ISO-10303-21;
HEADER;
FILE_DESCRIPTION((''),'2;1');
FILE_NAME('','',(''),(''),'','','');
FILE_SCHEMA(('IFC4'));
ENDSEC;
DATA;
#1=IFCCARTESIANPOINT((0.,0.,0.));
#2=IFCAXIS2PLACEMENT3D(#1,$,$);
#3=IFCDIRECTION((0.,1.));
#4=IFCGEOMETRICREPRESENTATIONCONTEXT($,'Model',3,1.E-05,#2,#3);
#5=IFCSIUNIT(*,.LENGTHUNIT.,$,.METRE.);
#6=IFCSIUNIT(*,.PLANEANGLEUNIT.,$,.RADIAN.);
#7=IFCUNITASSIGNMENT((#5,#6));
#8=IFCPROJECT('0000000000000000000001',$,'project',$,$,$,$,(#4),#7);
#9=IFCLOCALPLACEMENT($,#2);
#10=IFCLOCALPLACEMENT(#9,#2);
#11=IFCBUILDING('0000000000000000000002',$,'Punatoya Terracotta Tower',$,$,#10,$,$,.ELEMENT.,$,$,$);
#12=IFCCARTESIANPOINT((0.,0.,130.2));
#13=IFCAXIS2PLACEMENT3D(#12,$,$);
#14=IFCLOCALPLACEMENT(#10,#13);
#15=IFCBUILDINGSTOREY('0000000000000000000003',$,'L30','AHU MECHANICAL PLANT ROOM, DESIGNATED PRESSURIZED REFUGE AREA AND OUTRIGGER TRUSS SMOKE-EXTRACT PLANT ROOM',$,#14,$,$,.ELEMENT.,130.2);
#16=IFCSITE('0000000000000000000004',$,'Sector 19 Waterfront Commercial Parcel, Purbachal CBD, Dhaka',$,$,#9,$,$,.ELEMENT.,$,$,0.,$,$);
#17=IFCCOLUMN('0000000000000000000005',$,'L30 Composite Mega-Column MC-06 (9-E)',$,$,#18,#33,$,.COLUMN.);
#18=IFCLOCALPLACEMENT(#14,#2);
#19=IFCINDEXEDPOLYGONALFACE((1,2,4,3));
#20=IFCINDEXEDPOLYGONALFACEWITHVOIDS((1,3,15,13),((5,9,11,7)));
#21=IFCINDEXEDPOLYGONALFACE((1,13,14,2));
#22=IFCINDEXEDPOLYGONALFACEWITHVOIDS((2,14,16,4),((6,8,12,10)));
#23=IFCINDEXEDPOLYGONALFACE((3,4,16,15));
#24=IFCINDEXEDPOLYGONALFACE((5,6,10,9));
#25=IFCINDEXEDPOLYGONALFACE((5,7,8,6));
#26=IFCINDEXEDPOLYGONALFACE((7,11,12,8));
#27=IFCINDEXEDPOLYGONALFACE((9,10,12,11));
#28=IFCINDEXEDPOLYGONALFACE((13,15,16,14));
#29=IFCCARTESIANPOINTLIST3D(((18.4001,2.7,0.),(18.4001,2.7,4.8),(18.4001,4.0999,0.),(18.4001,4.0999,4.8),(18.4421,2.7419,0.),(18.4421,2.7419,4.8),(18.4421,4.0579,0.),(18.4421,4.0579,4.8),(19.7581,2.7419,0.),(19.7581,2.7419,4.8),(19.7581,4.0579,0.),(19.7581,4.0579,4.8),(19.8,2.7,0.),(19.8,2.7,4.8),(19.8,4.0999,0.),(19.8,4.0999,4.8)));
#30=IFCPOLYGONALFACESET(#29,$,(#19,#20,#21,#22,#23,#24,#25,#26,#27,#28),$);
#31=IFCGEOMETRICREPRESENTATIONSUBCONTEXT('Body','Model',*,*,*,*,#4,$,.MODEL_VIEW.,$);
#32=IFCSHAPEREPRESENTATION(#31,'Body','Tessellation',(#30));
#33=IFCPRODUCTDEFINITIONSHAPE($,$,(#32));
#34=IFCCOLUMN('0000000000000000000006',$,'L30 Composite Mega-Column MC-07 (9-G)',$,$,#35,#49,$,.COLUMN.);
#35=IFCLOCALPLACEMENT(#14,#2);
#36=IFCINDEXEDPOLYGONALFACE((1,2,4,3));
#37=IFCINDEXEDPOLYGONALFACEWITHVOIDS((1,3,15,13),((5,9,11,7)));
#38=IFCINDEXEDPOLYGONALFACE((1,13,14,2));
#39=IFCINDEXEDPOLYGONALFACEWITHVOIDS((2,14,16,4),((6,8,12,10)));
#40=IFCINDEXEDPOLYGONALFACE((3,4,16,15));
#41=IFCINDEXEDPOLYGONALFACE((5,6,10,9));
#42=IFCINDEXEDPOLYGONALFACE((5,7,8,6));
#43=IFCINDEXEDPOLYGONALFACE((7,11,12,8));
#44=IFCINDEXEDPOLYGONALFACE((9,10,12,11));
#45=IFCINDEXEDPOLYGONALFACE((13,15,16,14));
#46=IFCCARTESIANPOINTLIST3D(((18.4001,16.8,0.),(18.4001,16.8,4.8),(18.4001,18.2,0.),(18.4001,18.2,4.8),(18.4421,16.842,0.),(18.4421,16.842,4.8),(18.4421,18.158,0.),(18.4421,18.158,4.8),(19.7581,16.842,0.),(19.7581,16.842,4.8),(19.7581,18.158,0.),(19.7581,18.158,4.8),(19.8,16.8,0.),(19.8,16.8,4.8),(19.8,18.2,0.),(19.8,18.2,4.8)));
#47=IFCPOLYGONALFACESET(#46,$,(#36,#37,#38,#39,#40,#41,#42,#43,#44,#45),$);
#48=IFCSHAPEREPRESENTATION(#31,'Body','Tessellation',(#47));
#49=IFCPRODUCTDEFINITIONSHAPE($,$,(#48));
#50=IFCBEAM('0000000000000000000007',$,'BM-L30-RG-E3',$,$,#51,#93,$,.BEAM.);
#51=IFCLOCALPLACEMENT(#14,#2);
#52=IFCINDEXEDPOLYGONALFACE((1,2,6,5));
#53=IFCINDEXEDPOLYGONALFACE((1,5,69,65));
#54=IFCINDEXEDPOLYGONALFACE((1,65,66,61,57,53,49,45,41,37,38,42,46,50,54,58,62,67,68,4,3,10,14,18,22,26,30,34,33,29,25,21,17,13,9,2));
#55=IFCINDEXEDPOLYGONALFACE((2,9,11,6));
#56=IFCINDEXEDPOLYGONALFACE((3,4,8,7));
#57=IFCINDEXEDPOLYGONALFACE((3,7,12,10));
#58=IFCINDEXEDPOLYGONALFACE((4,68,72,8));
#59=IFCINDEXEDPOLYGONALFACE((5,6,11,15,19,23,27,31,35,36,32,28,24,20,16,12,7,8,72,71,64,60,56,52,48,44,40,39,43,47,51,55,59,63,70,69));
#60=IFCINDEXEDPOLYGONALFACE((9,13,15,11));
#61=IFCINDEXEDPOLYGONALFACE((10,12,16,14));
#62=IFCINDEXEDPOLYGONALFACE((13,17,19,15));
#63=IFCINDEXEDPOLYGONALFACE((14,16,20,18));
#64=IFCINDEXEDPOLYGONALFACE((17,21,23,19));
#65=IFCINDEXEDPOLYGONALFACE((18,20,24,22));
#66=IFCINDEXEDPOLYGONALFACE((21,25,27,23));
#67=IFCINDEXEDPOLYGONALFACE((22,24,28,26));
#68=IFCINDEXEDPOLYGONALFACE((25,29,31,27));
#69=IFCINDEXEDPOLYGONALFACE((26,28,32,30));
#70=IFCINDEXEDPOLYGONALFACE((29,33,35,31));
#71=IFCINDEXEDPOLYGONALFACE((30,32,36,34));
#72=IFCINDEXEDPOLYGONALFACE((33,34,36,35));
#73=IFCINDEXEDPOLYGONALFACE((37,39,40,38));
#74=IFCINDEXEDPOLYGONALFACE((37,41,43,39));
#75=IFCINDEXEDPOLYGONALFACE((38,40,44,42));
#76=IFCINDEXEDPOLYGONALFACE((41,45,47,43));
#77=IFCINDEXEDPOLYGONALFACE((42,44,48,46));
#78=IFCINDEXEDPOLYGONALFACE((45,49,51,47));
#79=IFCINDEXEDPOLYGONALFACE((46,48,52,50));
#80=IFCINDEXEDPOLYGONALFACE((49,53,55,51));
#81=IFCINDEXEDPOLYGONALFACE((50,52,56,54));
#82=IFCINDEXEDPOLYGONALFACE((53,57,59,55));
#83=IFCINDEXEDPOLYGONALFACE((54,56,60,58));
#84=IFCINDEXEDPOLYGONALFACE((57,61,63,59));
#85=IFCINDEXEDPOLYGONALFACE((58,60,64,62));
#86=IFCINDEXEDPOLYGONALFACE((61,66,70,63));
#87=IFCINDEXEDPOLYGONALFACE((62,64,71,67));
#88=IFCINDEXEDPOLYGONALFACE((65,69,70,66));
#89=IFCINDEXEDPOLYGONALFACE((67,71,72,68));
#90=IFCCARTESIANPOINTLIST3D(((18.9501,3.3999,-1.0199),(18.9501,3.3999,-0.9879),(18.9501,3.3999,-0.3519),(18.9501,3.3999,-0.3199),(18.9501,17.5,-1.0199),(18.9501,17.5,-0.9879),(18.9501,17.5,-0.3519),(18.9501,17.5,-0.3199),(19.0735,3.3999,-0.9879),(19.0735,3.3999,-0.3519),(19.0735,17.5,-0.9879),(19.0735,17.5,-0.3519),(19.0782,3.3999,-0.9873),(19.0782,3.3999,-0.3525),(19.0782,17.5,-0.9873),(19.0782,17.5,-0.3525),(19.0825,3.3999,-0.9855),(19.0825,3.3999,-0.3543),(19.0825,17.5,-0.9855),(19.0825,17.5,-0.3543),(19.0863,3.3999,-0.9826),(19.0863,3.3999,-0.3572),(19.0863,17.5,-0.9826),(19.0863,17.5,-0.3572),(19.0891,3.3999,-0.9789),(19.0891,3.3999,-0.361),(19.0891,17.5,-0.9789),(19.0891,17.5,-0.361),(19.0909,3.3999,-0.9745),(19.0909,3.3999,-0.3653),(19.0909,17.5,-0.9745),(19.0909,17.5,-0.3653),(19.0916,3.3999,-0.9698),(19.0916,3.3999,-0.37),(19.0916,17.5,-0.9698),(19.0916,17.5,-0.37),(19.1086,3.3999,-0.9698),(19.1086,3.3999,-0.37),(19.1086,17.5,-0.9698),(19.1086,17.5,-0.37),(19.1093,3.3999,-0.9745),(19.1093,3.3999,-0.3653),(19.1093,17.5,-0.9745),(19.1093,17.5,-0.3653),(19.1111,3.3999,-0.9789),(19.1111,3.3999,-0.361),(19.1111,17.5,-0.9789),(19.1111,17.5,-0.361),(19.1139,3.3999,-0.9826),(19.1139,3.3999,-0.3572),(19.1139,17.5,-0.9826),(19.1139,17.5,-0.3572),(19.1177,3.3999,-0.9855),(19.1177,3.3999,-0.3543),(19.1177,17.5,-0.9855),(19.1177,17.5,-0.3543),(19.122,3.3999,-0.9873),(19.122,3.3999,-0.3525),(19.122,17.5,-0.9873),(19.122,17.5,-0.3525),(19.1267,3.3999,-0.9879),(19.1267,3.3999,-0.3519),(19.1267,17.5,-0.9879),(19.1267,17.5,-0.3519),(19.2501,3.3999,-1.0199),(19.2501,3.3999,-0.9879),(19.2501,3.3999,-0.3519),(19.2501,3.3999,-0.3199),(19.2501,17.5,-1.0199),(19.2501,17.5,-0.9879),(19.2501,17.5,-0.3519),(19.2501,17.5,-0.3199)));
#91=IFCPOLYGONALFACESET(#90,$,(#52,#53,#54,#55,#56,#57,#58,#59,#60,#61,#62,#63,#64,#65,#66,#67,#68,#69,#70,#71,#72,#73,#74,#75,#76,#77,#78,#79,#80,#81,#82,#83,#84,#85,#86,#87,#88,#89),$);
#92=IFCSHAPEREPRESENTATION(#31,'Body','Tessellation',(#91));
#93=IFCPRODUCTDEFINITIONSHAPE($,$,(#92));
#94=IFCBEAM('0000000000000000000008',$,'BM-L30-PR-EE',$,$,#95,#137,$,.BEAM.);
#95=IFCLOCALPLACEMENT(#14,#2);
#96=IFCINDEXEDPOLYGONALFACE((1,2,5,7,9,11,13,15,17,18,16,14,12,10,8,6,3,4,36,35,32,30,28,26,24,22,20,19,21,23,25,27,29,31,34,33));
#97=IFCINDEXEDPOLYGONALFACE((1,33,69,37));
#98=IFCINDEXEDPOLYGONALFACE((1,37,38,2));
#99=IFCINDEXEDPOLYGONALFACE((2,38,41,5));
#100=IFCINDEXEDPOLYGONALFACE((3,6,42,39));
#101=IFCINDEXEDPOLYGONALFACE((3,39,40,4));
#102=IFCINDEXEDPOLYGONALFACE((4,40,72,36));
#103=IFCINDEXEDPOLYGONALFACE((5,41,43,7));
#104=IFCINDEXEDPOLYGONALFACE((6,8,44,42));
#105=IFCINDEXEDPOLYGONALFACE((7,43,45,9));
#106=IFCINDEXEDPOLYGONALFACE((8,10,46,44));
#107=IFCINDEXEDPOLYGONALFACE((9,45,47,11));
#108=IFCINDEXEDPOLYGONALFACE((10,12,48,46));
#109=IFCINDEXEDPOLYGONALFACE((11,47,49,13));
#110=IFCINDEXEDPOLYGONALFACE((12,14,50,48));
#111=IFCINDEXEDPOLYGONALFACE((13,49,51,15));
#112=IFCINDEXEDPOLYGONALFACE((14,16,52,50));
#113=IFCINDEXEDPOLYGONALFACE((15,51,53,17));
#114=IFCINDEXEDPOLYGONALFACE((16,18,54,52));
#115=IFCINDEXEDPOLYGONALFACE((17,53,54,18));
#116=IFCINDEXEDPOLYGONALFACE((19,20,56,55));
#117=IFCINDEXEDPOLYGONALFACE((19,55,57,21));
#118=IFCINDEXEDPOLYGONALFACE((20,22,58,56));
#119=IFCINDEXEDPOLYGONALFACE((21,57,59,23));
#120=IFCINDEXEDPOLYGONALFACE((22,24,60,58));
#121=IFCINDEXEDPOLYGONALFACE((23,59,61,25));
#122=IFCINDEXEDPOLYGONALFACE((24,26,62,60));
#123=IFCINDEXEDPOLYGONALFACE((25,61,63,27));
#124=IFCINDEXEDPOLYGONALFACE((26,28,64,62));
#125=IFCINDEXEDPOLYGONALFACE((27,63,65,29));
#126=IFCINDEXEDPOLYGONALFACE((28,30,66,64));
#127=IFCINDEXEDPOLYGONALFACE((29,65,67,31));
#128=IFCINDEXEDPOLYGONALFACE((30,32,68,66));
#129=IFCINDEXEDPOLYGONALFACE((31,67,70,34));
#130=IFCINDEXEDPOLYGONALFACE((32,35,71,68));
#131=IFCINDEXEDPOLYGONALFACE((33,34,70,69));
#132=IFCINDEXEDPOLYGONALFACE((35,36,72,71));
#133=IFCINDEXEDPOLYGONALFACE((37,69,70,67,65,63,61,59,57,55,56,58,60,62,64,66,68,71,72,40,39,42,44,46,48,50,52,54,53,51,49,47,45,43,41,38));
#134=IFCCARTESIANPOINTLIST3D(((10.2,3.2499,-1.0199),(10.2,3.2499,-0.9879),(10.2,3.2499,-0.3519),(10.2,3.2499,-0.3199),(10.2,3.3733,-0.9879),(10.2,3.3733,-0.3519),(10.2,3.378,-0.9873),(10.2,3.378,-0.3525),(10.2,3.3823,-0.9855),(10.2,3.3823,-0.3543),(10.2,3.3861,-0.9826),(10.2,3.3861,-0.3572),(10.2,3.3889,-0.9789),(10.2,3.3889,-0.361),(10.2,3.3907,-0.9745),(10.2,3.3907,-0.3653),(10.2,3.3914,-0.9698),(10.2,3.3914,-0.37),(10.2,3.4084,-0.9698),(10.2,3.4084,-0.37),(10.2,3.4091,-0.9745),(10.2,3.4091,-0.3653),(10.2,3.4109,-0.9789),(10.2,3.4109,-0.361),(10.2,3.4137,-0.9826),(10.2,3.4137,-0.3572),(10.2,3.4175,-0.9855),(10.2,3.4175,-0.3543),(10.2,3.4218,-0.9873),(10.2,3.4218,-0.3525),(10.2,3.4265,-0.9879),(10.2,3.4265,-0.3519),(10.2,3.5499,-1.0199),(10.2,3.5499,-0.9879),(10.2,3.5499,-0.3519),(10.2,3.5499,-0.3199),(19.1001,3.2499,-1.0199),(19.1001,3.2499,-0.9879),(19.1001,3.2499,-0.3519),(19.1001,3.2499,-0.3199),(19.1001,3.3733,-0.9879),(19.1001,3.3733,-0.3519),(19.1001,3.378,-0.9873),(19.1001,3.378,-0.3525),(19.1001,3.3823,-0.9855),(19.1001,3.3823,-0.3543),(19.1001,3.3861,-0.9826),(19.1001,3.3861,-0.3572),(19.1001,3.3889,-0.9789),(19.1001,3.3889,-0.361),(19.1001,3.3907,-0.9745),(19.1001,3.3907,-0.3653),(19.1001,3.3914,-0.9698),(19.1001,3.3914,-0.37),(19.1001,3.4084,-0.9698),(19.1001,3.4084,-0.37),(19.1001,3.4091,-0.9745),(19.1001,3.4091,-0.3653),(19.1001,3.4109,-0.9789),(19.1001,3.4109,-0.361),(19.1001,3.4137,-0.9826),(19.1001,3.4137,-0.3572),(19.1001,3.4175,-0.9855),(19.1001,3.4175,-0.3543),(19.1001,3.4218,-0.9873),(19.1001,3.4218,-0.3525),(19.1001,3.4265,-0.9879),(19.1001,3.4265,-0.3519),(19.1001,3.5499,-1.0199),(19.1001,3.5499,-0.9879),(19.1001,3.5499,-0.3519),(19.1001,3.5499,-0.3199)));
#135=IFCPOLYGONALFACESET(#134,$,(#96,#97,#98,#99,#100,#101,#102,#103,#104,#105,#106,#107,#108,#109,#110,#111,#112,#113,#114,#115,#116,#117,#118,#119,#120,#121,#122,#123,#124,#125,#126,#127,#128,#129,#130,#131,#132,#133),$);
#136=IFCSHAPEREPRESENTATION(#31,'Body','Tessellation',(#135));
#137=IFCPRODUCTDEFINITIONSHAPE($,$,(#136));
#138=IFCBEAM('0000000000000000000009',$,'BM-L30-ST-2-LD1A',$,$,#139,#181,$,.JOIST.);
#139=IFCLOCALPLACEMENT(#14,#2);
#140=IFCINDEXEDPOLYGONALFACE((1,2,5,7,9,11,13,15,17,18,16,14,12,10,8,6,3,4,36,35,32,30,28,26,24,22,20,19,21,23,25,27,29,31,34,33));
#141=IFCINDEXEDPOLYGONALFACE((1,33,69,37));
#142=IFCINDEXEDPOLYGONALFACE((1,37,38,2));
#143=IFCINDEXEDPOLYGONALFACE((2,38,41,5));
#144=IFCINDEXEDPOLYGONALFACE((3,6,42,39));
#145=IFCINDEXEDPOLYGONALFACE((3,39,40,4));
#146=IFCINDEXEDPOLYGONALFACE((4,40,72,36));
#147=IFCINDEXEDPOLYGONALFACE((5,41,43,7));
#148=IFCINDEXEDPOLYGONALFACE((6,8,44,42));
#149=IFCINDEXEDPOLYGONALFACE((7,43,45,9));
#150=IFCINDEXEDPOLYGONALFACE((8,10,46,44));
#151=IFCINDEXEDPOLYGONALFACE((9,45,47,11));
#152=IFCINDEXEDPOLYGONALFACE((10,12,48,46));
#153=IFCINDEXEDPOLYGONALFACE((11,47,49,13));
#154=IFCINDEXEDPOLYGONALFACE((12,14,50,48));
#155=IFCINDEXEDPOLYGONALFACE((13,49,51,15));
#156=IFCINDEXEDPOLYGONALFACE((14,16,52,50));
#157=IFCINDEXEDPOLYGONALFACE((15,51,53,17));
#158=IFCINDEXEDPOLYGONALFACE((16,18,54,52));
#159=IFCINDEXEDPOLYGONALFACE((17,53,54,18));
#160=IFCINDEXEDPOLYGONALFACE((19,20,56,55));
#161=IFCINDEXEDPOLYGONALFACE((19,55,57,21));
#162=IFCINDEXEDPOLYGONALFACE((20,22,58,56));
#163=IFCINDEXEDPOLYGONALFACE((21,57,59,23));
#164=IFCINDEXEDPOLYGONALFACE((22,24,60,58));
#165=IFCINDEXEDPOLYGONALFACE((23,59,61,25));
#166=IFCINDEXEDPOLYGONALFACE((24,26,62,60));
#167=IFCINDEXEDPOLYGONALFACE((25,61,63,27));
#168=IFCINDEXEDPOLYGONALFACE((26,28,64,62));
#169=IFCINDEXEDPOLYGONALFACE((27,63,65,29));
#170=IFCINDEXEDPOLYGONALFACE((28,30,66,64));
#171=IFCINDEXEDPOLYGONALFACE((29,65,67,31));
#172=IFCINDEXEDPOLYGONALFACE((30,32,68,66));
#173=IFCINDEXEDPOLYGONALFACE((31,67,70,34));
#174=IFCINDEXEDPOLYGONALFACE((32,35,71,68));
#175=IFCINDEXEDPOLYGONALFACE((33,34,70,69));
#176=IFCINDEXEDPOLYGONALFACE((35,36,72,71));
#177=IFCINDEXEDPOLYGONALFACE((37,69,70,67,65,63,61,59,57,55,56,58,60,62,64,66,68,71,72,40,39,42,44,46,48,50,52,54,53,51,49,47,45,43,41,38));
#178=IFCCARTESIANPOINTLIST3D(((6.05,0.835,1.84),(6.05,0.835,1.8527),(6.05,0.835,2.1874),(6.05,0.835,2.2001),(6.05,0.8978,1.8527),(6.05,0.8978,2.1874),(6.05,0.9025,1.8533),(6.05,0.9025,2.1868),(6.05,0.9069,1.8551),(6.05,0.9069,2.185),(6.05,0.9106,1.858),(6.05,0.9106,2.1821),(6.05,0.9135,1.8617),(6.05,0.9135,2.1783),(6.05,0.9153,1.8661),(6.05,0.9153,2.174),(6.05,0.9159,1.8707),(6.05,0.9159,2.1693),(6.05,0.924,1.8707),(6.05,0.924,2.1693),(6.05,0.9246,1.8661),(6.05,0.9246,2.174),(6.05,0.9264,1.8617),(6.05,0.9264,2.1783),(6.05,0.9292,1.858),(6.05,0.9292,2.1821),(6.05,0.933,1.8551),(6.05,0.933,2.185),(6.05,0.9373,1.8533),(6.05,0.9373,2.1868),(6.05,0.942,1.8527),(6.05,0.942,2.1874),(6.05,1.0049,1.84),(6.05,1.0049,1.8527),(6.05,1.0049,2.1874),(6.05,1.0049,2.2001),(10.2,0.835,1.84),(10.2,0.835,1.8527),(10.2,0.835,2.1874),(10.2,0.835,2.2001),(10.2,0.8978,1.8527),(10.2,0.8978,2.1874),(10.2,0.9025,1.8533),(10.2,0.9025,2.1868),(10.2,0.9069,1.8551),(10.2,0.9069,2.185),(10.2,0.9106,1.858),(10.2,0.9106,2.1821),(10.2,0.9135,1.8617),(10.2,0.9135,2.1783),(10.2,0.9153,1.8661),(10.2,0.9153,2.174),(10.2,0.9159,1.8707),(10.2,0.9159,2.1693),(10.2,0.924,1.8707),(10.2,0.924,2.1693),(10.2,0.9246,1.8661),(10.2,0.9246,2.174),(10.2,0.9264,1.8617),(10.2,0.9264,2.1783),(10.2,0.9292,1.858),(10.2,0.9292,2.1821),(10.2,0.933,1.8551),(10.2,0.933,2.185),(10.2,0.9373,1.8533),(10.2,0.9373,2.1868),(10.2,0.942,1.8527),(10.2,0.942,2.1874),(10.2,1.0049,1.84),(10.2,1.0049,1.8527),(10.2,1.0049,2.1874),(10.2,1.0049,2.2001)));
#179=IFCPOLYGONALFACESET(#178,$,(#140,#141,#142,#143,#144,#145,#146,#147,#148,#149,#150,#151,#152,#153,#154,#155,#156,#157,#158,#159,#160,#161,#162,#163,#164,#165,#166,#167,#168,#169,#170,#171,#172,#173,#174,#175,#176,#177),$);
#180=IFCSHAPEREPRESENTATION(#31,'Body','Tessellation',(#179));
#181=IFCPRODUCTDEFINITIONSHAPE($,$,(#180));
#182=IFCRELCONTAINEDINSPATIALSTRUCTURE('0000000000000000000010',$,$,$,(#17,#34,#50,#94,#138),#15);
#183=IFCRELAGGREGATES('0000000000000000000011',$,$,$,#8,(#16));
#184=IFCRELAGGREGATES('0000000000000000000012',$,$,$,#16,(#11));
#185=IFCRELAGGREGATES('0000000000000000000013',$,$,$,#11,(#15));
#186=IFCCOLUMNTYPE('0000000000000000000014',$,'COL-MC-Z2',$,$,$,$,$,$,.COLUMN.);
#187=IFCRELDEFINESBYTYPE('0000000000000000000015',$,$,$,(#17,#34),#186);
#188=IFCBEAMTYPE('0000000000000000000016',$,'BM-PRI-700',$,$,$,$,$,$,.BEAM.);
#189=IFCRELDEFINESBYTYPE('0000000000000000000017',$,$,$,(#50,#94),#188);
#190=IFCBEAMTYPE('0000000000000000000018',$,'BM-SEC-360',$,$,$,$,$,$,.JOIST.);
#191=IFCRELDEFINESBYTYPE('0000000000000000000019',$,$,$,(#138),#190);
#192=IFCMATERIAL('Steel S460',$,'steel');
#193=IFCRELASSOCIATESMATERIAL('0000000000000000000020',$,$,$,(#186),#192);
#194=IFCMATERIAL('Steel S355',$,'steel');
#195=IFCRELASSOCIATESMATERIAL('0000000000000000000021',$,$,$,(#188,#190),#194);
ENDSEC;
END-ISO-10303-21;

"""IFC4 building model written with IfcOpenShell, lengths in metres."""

from ifc_helpers import new_model, si_unit, direction, frame, origin, origin_2d, place, context, subcontext, project, spatial, hollow_rectangle, i_section, extrude, material, material_profile, profile_set, type_object, element, save


model = new_model("IFC4")

# Units and contexts
model_context = context("Model", 3, precision=1e-05, world=origin(), true_north=direction((0.0, 1.0)))
body_context = subcontext(model_context, "Body", "Model", "MODEL_VIEW")
ifc_project = project(units=[si_unit("LENGTHUNIT", "METRE"), si_unit("PLANEANGLEUNIT", "RADIAN")], contexts=[model_context])

# Site, building, storey
site_placement = place(None, origin())
site = spatial("IfcSite", under=ifc_project, at=site_placement, Name="Sector 19 Waterfront Commercial Parcel, Purbachal CBD, Dhaka", CompositionType="ELEMENT", RefElevation=0.0)
building_placement = place(site_placement, origin())
building = spatial("IfcBuilding", under=site, at=building_placement, Name="Punatoya Terracotta Tower", CompositionType="ELEMENT")
storey_placement = place(building_placement, frame((0.0, 0.0, 130.2)))
storey = spatial("IfcBuildingStorey", under=building, at=storey_placement, Name="L30", Description="AHU MECHANICAL PLANT ROOM, DESIGNATED PRESSURIZED REFUGE AREA AND OUTRIGGER TRUSS SMOKE-EXTRACT PLANT ROOM", CompositionType="ELEMENT", Elevation=130.2)

# Columns
ifc_material_1 = material(Name="Steel S460", Category="steel")
ifc_material_profile_1 = material_profile(ifc_material_1, hollow_rectangle(XDim=1.3999, YDim=1.3999, WallThickness=0.042, at=origin_2d()))
ifc_profile_set_1 = profile_set([ifc_material_profile_1], Name="Steel S460")
column_type = type_object("IfcColumnType", Name="COL-MC-Z2", PredefinedType="COLUMN", material=ifc_profile_set_1)
for number, where, z_axis, x_axis, name in (
    (1, (19.1001, 3.3999, 0.0), (0.0, 0.0, 1.0), (1.0, 0.0, 0.0), "L30 Composite Mega-Column MC-06 (9-E)"),
    (2, (19.1001, 17.5, 0.0), (0.0, 0.0, 1.0), (1.0, 0.0, 0.0), "L30 Composite Mega-Column MC-07 (9-G)"),
):
    element("IfcColumn", number, at=place(storey_placement, frame(where, z_axis=z_axis, x_axis=x_axis)), inside=storey, type_object=column_type, Name=name, PredefinedType="COLUMN", context=body_context, shape_type="SweptSolid", body=[
        extrude(hollow_rectangle(XDim=1.3999, YDim=1.3999, WallThickness=0.042, at=origin_2d()), origin(), (0.0, 0.0, 1.0), 4.8),
    ])

# Beams
ifc_material_2 = material(Name="Steel S355", Category="steel")
ifc_material_profile_2 = material_profile(ifc_material_2, i_section(OverallWidth=0.3, OverallDepth=0.7, WebThickness=0.0171, FlangeThickness=0.032, FilletRadius=0.0181, at=origin_2d()))
ifc_profile_set_2 = profile_set([ifc_material_profile_2], Name="Steel S355")
beam_type_1 = type_object("IfcBeamType", Name="BM-PRI-700", PredefinedType="BEAM", material=ifc_profile_set_2)
beam_1_placement = place(storey_placement, frame((19.1001, 3.3999, -0.6699), z_axis=(0.0, 1.0, 0.0), x_axis=(-1.0, 0.0, 0.0)))
element("IfcBeam", 3, at=beam_1_placement, inside=storey, type_object=beam_type_1, Name="BM-L30-RG-E3", PredefinedType="BEAM", context=body_context, shape_type="SweptSolid", body=[
    extrude(i_section(OverallWidth=0.3, OverallDepth=0.7, WebThickness=0.0171, FlangeThickness=0.032, FilletRadius=0.0181, at=origin_2d()), origin(), (0.0, 0.0, 1.0), 14.1001),
])
beam_2_placement = place(storey_placement, frame((10.2, 3.3999, -0.6699), z_axis=(1.0, 0.0, 0.0), x_axis=(0.0, 1.0, 0.0)))
element("IfcBeam", 4, at=beam_2_placement, inside=storey, type_object=beam_type_1, Name="BM-L30-PR-EE", PredefinedType="BEAM", context=body_context, shape_type="SweptSolid", body=[
    extrude(i_section(OverallWidth=0.3, OverallDepth=0.7, WebThickness=0.0171, FlangeThickness=0.032, FilletRadius=0.0181, at=origin_2d()), origin(), (0.0, 0.0, 1.0), 8.9001),
])
ifc_material_profile_3 = material_profile(ifc_material_2, i_section(OverallWidth=0.1699, OverallDepth=0.3601, WebThickness=0.0081, FlangeThickness=0.0127, FilletRadius=0.0181, at=origin_2d()))
ifc_profile_set_3 = profile_set([ifc_material_profile_3], Name="Steel S355")
beam_type_2 = type_object("IfcBeamType", Name="BM-SEC-360", PredefinedType="JOIST", material=ifc_profile_set_3)
for number, where, z_axis, x_axis, name in (
    (5, (6.05, 0.9199, 2.02), (1.0, 0.0, 0.0), (0.0, 1.0, 0.0), "BM-L30-ST-2-LD1A"),
):
    element("IfcBeam", number, at=place(storey_placement, frame(where, z_axis=z_axis, x_axis=x_axis)), inside=storey, type_object=beam_type_2, Name=name, PredefinedType="JOIST", context=body_context, shape_type="SweptSolid", body=[
        extrude(i_section(OverallWidth=0.1699, OverallDepth=0.3601, WebThickness=0.0081, FlangeThickness=0.0127, FilletRadius=0.0181, at=origin_2d()), origin(), (0.0, 0.0, 1.0), 4.1499),
    ])

save(model, "model.ifc")
